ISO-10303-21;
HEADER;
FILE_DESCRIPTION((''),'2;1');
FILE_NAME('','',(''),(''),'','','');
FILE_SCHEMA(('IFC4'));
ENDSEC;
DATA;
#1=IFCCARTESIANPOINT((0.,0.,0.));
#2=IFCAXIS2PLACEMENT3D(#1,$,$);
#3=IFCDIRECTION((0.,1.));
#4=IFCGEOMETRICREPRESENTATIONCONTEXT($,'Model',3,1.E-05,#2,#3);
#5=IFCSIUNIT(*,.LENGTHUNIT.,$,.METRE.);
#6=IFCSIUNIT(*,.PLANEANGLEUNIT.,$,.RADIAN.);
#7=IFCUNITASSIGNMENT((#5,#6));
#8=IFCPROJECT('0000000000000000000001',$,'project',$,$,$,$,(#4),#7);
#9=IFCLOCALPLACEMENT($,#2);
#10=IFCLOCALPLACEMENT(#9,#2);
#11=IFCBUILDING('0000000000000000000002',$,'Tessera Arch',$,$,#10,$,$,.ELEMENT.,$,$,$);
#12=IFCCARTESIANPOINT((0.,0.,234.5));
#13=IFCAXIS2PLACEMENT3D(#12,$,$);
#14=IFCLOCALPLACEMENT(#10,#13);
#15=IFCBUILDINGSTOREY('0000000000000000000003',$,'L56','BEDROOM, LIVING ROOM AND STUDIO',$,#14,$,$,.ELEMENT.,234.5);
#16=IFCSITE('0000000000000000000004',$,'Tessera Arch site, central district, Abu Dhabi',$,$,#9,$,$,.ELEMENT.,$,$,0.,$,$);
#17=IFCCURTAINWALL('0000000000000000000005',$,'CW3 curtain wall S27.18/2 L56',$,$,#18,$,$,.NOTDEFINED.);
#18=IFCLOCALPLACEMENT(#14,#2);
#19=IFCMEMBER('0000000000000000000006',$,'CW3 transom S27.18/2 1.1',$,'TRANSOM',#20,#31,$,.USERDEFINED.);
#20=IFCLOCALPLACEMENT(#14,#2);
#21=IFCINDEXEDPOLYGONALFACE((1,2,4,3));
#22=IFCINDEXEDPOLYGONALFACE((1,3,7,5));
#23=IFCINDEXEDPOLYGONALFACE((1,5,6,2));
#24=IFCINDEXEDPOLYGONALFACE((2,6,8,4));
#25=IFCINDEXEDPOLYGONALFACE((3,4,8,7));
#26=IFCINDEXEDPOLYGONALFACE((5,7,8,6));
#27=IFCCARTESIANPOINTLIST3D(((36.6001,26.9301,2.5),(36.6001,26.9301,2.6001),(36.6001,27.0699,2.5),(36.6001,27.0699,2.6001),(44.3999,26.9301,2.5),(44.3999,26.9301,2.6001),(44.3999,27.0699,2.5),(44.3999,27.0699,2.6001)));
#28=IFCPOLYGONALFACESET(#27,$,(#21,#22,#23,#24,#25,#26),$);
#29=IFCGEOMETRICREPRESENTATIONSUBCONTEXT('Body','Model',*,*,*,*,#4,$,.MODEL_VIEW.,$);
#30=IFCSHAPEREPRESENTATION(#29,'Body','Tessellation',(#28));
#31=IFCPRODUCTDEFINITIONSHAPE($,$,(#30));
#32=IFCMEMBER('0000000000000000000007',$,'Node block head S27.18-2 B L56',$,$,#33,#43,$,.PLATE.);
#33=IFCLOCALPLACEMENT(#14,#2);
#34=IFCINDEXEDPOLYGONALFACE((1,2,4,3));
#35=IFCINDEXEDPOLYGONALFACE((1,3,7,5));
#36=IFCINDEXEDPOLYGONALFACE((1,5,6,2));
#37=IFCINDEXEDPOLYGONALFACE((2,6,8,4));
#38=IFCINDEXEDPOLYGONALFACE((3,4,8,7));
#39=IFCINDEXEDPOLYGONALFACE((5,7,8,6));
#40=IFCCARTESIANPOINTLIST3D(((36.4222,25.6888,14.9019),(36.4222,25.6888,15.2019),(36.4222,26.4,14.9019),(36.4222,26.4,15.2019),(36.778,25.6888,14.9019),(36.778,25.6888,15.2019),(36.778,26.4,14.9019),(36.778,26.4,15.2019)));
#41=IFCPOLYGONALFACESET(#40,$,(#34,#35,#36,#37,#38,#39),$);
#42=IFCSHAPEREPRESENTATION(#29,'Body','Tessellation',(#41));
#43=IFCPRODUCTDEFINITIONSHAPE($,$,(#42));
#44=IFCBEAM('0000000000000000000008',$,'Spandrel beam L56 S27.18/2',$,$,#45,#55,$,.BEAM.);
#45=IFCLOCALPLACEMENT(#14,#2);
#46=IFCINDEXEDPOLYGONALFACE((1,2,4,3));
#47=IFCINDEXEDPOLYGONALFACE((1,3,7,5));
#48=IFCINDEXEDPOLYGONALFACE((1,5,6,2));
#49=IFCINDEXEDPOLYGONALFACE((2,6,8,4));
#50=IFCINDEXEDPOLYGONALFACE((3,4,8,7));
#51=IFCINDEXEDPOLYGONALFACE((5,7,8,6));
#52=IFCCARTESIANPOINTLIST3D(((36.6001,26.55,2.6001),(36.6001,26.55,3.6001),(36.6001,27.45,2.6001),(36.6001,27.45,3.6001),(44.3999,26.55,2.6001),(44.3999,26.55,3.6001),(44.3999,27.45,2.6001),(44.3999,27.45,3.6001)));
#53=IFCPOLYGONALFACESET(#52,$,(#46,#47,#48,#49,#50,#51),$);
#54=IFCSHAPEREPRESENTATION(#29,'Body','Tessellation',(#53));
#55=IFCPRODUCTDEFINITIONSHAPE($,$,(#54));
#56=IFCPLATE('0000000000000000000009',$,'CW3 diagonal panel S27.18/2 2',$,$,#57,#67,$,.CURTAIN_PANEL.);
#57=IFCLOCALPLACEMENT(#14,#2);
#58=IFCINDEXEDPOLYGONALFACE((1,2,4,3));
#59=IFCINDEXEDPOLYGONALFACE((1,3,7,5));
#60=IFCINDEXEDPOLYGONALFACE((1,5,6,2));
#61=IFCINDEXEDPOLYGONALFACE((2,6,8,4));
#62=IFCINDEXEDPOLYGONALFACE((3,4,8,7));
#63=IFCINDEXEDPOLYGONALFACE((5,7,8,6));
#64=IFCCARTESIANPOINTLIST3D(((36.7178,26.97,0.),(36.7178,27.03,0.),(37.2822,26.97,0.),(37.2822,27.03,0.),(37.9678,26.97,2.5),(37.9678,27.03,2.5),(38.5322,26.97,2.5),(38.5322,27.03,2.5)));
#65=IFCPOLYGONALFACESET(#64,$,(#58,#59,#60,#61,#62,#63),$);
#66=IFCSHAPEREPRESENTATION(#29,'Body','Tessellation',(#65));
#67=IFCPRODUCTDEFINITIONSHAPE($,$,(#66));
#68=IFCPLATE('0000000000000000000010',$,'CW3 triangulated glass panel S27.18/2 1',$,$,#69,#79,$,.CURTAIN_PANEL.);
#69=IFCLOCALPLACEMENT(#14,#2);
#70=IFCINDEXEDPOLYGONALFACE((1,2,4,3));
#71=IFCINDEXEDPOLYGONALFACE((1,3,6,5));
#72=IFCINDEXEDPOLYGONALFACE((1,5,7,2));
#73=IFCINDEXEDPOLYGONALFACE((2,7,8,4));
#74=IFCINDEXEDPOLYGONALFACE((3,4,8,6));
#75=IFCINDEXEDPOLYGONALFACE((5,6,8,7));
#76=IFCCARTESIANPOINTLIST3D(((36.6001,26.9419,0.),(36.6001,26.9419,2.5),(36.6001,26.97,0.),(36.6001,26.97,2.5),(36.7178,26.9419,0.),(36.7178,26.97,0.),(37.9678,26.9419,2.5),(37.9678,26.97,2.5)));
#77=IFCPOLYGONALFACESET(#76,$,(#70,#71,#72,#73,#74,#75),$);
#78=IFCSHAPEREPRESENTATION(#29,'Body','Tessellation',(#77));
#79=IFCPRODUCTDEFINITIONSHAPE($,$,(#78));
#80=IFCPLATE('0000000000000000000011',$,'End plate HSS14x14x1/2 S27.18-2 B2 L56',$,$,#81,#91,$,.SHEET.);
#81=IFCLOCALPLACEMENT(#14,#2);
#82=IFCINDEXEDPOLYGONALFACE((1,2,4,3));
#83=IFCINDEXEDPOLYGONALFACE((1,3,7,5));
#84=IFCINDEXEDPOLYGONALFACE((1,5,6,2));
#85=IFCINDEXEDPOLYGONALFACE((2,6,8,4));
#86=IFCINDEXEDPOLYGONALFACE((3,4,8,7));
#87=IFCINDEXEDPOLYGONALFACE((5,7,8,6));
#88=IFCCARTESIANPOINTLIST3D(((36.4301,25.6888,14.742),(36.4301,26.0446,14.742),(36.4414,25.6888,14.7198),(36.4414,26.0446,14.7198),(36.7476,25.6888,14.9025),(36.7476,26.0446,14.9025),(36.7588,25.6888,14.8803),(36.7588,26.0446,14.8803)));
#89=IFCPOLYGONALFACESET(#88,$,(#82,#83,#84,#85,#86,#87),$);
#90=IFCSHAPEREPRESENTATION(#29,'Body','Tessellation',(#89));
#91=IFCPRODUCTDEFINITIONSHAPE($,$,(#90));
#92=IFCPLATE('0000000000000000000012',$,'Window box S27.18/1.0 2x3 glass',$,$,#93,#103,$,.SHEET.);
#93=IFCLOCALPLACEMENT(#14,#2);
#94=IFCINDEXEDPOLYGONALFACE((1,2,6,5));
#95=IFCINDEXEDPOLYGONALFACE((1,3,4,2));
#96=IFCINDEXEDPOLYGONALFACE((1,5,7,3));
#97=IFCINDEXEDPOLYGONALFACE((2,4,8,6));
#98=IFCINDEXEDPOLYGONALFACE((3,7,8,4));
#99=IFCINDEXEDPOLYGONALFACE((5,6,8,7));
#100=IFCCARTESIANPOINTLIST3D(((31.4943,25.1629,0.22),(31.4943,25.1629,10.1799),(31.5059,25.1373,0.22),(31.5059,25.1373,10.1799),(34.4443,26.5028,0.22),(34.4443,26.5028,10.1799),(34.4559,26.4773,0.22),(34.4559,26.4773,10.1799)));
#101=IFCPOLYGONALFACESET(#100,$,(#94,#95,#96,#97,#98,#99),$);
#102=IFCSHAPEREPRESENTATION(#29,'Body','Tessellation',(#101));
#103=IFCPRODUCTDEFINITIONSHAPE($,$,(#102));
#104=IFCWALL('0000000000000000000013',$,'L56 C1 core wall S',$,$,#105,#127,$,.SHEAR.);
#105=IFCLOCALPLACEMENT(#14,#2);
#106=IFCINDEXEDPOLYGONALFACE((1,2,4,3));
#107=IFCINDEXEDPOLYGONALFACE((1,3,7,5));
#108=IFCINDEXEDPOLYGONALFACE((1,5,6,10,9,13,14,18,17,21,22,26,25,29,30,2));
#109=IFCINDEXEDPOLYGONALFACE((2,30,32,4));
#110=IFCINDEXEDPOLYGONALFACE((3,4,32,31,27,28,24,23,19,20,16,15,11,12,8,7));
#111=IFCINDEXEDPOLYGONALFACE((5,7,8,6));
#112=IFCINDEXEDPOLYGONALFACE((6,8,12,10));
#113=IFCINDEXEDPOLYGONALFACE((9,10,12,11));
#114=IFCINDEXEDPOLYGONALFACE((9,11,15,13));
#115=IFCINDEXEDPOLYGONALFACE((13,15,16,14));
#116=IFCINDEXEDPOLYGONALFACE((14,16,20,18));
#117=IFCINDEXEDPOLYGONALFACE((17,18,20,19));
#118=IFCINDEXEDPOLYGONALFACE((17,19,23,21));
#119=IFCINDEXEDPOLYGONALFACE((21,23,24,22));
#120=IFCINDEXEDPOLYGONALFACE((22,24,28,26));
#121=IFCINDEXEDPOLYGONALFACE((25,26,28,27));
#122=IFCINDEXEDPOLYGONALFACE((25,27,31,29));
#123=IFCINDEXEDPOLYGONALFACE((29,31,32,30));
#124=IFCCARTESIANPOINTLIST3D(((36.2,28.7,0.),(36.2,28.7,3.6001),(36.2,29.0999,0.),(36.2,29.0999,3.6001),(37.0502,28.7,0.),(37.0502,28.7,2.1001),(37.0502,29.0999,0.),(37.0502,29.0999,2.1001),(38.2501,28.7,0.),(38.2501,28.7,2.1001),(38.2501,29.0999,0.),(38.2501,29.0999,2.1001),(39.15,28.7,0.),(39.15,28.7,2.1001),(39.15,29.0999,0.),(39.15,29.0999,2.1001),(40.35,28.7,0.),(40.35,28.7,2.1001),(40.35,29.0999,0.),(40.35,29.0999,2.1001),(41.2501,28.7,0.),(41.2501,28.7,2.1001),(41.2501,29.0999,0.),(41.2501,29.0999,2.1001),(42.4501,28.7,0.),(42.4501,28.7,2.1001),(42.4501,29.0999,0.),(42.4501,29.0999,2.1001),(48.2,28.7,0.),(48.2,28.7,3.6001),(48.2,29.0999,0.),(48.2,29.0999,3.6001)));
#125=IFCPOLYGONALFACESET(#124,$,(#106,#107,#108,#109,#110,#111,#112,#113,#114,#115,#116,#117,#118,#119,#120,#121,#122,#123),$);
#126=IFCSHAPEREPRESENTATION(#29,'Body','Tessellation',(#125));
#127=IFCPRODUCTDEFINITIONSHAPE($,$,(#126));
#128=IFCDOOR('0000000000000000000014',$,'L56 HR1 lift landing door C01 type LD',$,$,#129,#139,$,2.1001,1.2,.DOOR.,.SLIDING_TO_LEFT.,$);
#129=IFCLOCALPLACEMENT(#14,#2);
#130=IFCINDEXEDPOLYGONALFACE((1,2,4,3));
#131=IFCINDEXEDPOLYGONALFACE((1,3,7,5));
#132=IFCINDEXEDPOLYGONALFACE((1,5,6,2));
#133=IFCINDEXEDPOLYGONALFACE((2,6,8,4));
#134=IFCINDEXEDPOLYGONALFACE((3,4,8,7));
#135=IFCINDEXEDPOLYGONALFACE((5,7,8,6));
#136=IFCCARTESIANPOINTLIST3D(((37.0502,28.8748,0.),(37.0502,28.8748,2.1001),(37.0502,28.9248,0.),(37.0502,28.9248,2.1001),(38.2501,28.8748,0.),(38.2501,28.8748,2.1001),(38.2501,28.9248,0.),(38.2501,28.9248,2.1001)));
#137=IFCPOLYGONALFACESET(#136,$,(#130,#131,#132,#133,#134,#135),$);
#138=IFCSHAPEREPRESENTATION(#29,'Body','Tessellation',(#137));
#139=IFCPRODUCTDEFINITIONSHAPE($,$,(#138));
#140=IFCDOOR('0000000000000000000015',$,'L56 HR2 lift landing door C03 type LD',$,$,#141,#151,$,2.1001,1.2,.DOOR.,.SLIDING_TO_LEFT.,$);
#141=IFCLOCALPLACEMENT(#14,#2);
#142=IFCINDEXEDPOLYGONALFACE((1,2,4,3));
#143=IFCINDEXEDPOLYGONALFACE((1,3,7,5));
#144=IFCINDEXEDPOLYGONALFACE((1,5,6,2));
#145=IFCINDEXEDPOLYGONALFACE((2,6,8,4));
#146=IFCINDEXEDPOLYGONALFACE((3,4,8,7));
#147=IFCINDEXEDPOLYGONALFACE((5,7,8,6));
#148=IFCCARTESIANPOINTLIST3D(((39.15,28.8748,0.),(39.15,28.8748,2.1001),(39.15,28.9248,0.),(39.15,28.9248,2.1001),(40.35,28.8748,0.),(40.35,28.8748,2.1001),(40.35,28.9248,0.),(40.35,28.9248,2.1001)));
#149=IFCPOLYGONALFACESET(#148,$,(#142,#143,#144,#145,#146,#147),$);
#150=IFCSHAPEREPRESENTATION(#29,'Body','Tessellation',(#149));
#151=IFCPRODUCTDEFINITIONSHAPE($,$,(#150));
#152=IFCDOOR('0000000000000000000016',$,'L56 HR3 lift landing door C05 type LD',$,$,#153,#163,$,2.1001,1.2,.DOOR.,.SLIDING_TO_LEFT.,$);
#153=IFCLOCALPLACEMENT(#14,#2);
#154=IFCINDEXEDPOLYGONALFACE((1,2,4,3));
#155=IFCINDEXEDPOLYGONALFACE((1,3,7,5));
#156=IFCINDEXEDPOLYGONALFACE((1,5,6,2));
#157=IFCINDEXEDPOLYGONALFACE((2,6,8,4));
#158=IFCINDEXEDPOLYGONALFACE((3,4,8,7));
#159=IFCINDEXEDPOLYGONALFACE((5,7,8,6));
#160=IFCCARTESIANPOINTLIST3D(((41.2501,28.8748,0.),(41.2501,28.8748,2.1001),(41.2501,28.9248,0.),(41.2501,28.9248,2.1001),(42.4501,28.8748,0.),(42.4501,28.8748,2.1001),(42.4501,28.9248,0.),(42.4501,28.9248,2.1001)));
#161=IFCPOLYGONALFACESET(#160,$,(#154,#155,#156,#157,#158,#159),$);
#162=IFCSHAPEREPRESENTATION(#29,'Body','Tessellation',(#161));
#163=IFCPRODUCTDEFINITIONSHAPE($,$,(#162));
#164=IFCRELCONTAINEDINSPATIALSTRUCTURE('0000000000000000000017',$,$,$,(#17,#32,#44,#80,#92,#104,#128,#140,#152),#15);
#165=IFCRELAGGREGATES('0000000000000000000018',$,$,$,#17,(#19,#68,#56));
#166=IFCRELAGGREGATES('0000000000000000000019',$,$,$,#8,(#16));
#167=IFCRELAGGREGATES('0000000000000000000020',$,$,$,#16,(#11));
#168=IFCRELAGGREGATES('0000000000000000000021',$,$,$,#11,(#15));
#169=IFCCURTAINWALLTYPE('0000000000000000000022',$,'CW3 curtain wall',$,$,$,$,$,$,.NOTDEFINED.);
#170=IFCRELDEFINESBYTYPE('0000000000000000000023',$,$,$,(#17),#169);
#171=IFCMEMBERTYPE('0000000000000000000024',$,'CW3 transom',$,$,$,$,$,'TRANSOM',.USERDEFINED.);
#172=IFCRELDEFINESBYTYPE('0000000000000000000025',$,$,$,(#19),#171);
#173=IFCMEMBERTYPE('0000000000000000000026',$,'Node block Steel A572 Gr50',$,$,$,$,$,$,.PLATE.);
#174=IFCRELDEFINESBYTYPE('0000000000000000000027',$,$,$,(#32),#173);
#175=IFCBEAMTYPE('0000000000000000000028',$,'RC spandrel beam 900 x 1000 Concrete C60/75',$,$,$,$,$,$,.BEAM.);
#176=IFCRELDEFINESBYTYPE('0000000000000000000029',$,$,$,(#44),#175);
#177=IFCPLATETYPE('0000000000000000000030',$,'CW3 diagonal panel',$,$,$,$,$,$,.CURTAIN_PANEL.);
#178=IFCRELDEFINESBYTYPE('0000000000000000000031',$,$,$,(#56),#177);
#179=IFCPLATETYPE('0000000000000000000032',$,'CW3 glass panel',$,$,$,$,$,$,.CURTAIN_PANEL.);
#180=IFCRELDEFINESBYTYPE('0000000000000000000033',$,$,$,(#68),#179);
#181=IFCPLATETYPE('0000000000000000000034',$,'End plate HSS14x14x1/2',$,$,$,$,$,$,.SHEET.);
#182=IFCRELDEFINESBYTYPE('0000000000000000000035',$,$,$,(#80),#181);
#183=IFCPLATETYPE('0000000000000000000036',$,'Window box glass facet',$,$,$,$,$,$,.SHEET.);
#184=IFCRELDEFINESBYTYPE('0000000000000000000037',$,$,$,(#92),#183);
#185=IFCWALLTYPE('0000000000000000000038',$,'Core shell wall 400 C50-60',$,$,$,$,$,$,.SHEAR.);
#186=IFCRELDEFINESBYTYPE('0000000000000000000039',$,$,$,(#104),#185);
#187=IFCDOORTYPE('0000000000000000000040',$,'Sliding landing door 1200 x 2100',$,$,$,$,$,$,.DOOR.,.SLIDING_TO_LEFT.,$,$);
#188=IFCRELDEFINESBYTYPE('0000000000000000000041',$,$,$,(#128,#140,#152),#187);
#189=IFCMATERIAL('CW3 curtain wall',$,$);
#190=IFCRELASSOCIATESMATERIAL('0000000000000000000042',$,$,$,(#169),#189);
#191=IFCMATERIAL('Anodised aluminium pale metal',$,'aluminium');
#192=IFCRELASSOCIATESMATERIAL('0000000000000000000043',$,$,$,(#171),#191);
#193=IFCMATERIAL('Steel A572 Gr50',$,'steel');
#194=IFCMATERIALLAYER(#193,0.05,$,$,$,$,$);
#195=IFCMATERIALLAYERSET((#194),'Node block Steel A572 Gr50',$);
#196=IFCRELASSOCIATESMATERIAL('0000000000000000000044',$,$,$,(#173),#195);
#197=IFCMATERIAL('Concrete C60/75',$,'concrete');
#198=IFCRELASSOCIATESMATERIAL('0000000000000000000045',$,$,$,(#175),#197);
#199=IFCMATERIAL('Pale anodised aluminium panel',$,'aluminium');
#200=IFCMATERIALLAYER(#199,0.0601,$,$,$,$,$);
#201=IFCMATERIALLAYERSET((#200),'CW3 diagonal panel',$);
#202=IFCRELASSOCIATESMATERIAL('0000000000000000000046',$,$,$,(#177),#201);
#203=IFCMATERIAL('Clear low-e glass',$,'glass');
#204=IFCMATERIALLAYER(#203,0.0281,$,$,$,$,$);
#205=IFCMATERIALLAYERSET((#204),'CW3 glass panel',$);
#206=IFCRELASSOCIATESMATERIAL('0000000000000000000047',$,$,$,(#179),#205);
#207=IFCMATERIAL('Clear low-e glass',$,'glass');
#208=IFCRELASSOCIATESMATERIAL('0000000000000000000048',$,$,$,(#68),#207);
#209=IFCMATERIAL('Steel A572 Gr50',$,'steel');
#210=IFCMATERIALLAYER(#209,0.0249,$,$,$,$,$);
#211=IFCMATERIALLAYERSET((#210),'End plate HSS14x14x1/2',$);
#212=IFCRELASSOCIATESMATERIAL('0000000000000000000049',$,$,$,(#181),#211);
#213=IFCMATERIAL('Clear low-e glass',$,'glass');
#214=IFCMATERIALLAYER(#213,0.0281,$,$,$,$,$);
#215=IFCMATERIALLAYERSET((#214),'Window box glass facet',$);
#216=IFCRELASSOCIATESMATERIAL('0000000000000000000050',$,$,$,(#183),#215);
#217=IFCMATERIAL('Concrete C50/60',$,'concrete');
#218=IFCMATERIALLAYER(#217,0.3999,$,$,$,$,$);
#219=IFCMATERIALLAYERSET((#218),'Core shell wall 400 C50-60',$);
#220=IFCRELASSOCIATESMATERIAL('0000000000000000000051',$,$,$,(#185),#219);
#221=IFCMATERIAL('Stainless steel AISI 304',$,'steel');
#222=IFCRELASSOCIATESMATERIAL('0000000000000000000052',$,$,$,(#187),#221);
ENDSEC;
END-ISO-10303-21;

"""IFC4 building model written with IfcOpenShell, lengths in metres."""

from ifc_helpers import new_model, si_unit, direction, frame, frame_2d, origin, origin_2d, place, context, subcontext, project, spatial, polyline, rectangle, outline, extrude, material, layer, layer_set, material_profile, profile_set, type_object, element, fill, aggregate, save


model = new_model("IFC4")

# Units and contexts
model_context = context("Model", 3, precision=1e-05, world=origin(), true_north=direction((0.0, 1.0)))
body_context = subcontext(model_context, "Body", "Model", "MODEL_VIEW")
ifc_project = project(units=[si_unit("LENGTHUNIT", "METRE"), si_unit("PLANEANGLEUNIT", "RADIAN")], contexts=[model_context])

# Site, building, storey
site_placement = place(None, origin())
site = spatial("IfcSite", under=ifc_project, at=site_placement, Name="Tessera Arch site, central district, Abu Dhabi", CompositionType="ELEMENT", RefElevation=0.0)
building_placement = place(site_placement, origin())
building = spatial("IfcBuilding", under=site, at=building_placement, Name="Tessera Arch", CompositionType="ELEMENT")
storey_placement = place(building_placement, frame((0.0, 0.0, 234.5)))
storey = spatial("IfcBuildingStorey", under=building, at=storey_placement, Name="L56", Description="BEDROOM, LIVING ROOM AND STUDIO", CompositionType="ELEMENT", Elevation=234.5)

# Curtain wall, member
ifc_material_1 = material(Name="CW3 curtain wall")
curtain_wall_type = type_object("IfcCurtainWallType", Name="CW3 curtain wall", PredefinedType="NOTDEFINED", material=ifc_material_1)
curtain_wall_placement = place(storey_placement, origin())
curtain_wall = element("IfcCurtainWall", 1, at=curtain_wall_placement, inside=storey, type_object=curtain_wall_type, Name="CW3 curtain wall S27.18/2 L56", PredefinedType="NOTDEFINED")
ifc_material_2 = material(Name="Anodised aluminium pale metal", Category="aluminium")
ifc_material_profile_1 = material_profile(ifc_material_2, rectangle(XDim=0.1399, YDim=0.1001, at=origin_2d()), Name="AL 140x100")
ifc_profile_set_1 = profile_set([ifc_material_profile_1], Name="Anodised aluminium pale metal")
member_type_1 = type_object("IfcMemberType", Name="CW3 transom", ElementType="TRANSOM", PredefinedType="USERDEFINED", material=ifc_profile_set_1)
member_1_placement = place(storey_placement, frame((36.6001, 27.0, 2.55), z_axis=(1.0, 0.0, 0.0), x_axis=(0.0, 1.0, 0.0)))
member_1 = element("IfcMember", 2, at=member_1_placement, type_object=member_type_1, Name="CW3 transom S27.18/2 1.1", ObjectType="TRANSOM", PredefinedType="USERDEFINED", context=body_context, shape_type="SweptSolid", body=[
    extrude(rectangle(XDim=0.1399, YDim=0.1001, at=origin_2d()), origin(), (0.0, 0.0, 1.0), 7.7998),
])

# Member
ifc_material_3 = material(Name="Steel A572 Gr50", Category="steel")
ifc_layer_1 = layer(ifc_material_3, 0.05)
ifc_layer_set_1 = layer_set([ifc_layer_1], Name="Node block Steel A572 Gr50")
member_type_2 = type_object("IfcMemberType", Name="Node block Steel A572 Gr50", PredefinedType="PLATE", material=ifc_layer_set_1)
member_2_placement = place(storey_placement, frame((36.6001, 26.0444, 14.9019), z_axis=(0.0, 0.0, 1.0), x_axis=(1.0, 0.0, 0.0)))
element("IfcMember", 3, at=member_2_placement, inside=storey, type_object=member_type_2, Name="Node block head S27.18-2 B L56", PredefinedType="PLATE", context=body_context, shape_type="SweptSolid", body=[
    extrude(rectangle(XDim=0.3557, YDim=0.7112, at=origin_2d()), origin(), (0.0, 0.0, 1.0), 0.3),
])

# Beam
ifc_material_4 = material(Name="Concrete C60/75", Category="concrete")
ifc_material_profile_2 = material_profile(ifc_material_4, rectangle(XDim=0.8999, YDim=1.0, at=origin_2d()), Name="RC spandrel beam 900 x 1000 Concrete C60/75")
ifc_profile_set_2 = profile_set([ifc_material_profile_2], Name="Concrete C60/75")
beam_type = type_object("IfcBeamType", Name="RC spandrel beam 900 x 1000 Concrete C60/75", PredefinedType="BEAM", material=ifc_profile_set_2)
beam_placement = place(storey_placement, frame((36.6001, 27.0, 3.1001), z_axis=(1.0, 0.0, 0.0), x_axis=(0.0, 1.0, 0.0)))
element("IfcBeam", 4, at=beam_placement, inside=storey, type_object=beam_type, Name="Spandrel beam L56 S27.18/2", PredefinedType="BEAM", context=body_context, shape_type="SweptSolid", body=[
    extrude(rectangle(XDim=0.8999, YDim=1.0, at=origin_2d()), origin(), (0.0, 0.0, 1.0), 7.7998),
])

# Plates
ifc_material_5 = material(Name="Pale anodised aluminium panel", Category="aluminium")
ifc_layer_2 = layer(ifc_material_5, 0.0601)
ifc_layer_set_2 = layer_set([ifc_layer_2], Name="CW3 diagonal panel")
plate_type_1 = type_object("IfcPlateType", Name="CW3 diagonal panel", PredefinedType="CURTAIN_PANEL", material=ifc_layer_set_2)
plate_1_placement = place(storey_placement, frame((38.5322, 26.97, 2.5), z_axis=(0.0, -1.0, 0.0), x_axis=(-1.0, 0.0, 0.0)))
plate_1 = element("IfcPlate", 5, at=plate_1_placement, type_object=plate_type_1, Name="CW3 diagonal panel S27.18/2 2", PredefinedType="CURTAIN_PANEL", context=body_context, shape_type="SweptSolid", body=[
    extrude(outline(polyline([(0.0, 0.0), (0.5645, 0.0), (1.8145, 2.5), (1.25, 2.5), (0.0, 0.0)])), origin(), (0.0, 0.0, -1.0), 0.0601),
])
ifc_material_6 = material(Name="Clear low-e glass", Category="glass")
ifc_material_7 = material(Name="Clear low-e glass", Category="glass")
ifc_layer_3 = layer(ifc_material_7, 0.0281)
ifc_layer_set_3 = layer_set([ifc_layer_3], Name="CW3 glass panel")
plate_type_2 = type_object("IfcPlateType", Name="CW3 glass panel", PredefinedType="CURTAIN_PANEL", material=ifc_layer_set_3)
plate_2_placement = place(storey_placement, frame((36.6001, 26.9419, 0.0), z_axis=(0.0, -1.0, 0.0), x_axis=(1.0, 0.0, 0.0)))
plate_2 = element("IfcPlate", 6, at=plate_2_placement, type_object=plate_type_2, material=ifc_material_6, Name="CW3 triangulated glass panel S27.18/2 1", PredefinedType="CURTAIN_PANEL", context=body_context, shape_type="SweptSolid", body=[
    extrude(outline(polyline([(0.0, 0.0), (0.1177, 0.0), (1.3677, 2.5), (0.0, 2.5), (0.0, 0.0)])), origin(), (0.0, 0.0, -1.0), 0.0281),
])
aggregate(curtain_wall, [member_1, plate_2, plate_1])

# Plates
ifc_material_8 = material(Name="Steel A572 Gr50", Category="steel")
ifc_layer_4 = layer(ifc_material_8, 0.0249)
ifc_layer_set_4 = layer_set([ifc_layer_4], Name="End plate HSS14x14x1/2")
plate_type_3 = type_object("IfcPlateType", Name="End plate HSS14x14x1/2", PredefinedType="SHEET", material=ifc_layer_set_4)
plate_3_placement = place(storey_placement, frame((36.6001, 25.8667, 14.8), z_axis=(-0.451132, 0.0, 0.892457), x_axis=(0.0, -1.0, 0.0)))
element("IfcPlate", 7, at=plate_3_placement, inside=storey, type_object=plate_type_3, Name="End plate HSS14x14x1/2 S27.18-2 B2 L56", PredefinedType="SHEET", context=body_context, shape_type="SweptSolid", body=[
    extrude(rectangle(XDim=0.3557, YDim=0.3557, at=origin_2d()), origin(), (0.0, 0.0, 1.0), 0.0249),
])
ifc_material_9 = material(Name="Clear low-e glass", Category="glass")
ifc_layer_5 = layer(ifc_material_9, 0.0281)
ifc_layer_set_5 = layer_set([ifc_layer_5], Name="Window box glass facet")
plate_type_4 = type_object("IfcPlateType", Name="Window box glass facet", PredefinedType="SHEET", material=ifc_layer_set_5)
plate_4_placement = place(storey_placement, frame((32.9751, 25.8201, 0.22), z_axis=(0.0, 0.0, 1.0), x_axis=(-0.910472, -0.41357, 0.0)))
element("IfcPlate", 8, at=plate_4_placement, inside=storey, type_object=plate_type_4, Name="Window box S27.18/1.0 2x3 glass", PredefinedType="SHEET", context=body_context, shape_type="SweptSolid", body=[
    extrude(rectangle(XDim=3.24, YDim=0.0281, at=origin_2d()), origin(), (0.0, 0.0, 1.0), 9.96),
])

# Wall, openings, doors
ifc_material_10 = material(Name="Concrete C50/60", Category="concrete")
ifc_layer_6 = layer(ifc_material_10, 0.3999)
ifc_layer_set_6 = layer_set([ifc_layer_6], Name="Core shell wall 400 C50-60")
wall_type_1 = type_object("IfcWallType", Name="Core shell wall 400 C50-60", PredefinedType="SHEAR", material=ifc_layer_set_6)
wall_1_placement = place(storey_placement, frame((36.2, 28.8999, 0.0), z_axis=(0.0, 0.0, 1.0), x_axis=(1.0, 0.0, 0.0)))
wall_1 = element("IfcWall", 9, at=wall_1_placement, inside=storey, type_object=wall_type_1, Name="L56 C1 core wall S", PredefinedType="SHEAR", context=body_context, shape_type="SweptSolid", body=[
    extrude(rectangle(XDim=12.0, YDim=0.3999, at=frame_2d((6.0, 0.0))), origin(), (0.0, 0.0, 1.0), 3.6001),
])
opening_1_placement = place(wall_1_placement, frame((0.8501, 0.0, 0.0)))
opening_1 = element("IfcOpeningElement", 10, at=opening_1_placement, cuts=wall_1, PredefinedType="OPENING", context=body_context, shape_type="SweptSolid", body=[
    extrude(rectangle(XDim=1.2, YDim=2.1001, at=frame_2d((0.6001, 1.05))), frame((0.0, 0.21, 0.0), z_axis=(0.0, -1.0, 0.0), x_axis=(1.0, 0.0, 0.0)), (0.0, 0.0, 1.0), 0.4199),
])
opening_2_placement = place(wall_1_placement, frame((2.95, 0.0, 0.0)))
opening_2 = element("IfcOpeningElement", 11, at=opening_2_placement, cuts=wall_1, PredefinedType="OPENING", context=body_context, shape_type="SweptSolid", body=[
    extrude(rectangle(XDim=1.2, YDim=2.1001, at=frame_2d((0.6001, 1.05))), frame((0.0, 0.21, 0.0), z_axis=(0.0, -1.0, 0.0), x_axis=(1.0, 0.0, 0.0)), (0.0, 0.0, 1.0), 0.4199),
])
opening_3_placement = place(wall_1_placement, frame((5.05, 0.0, 0.0)))
opening_3 = element("IfcOpeningElement", 12, at=opening_3_placement, cuts=wall_1, PredefinedType="OPENING", context=body_context, shape_type="SweptSolid", body=[
    extrude(rectangle(XDim=1.2, YDim=2.1001, at=frame_2d((0.6001, 1.05))), frame((0.0, 0.21, 0.0), z_axis=(0.0, -1.0, 0.0), x_axis=(1.0, 0.0, 0.0)), (0.0, 0.0, 1.0), 0.4199),
])
ifc_material_11 = material(Name="Stainless steel AISI 304", Category="steel")
door_type_1 = type_object("IfcDoorType", Name="Sliding landing door 1200 x 2100", OperationType="SLIDING_TO_LEFT", PredefinedType="DOOR", material=ifc_material_11)
door_1_placement = place(opening_1_placement, origin())
door_1 = element("IfcDoor", 13, at=door_1_placement, inside=storey, type_object=door_type_1, Name="L56 HR1 lift landing door C01 type LD", OperationType="SLIDING_TO_LEFT", OverallHeight=2.1001, OverallWidth=1.2, PredefinedType="DOOR", context=body_context, shape_type="SweptSolid", body=[
    extrude(rectangle(XDim=1.2, YDim=2.1001, at=frame_2d((0.6001, 1.05))), frame((0.0, 0.0249, 0.0), z_axis=(0.0, -1.0, 0.0), x_axis=(1.0, 0.0, 0.0)), (0.0, 0.0, 1.0), 0.05),
])
fill(opening_1, door_1)
door_2_placement = place(opening_2_placement, origin())
door_2 = element("IfcDoor", 14, at=door_2_placement, inside=storey, type_object=door_type_1, Name="L56 HR2 lift landing door C03 type LD", OperationType="SLIDING_TO_LEFT", OverallHeight=2.1001, OverallWidth=1.2, PredefinedType="DOOR", context=body_context, shape_type="SweptSolid", body=[
    extrude(rectangle(XDim=1.2, YDim=2.1001, at=frame_2d((0.6001, 1.05))), frame((0.0, 0.0249, 0.0), z_axis=(0.0, -1.0, 0.0), x_axis=(1.0, 0.0, 0.0)), (0.0, 0.0, 1.0), 0.05),
])
fill(opening_2, door_2)
door_3_placement = place(opening_3_placement, origin())
door_3 = element("IfcDoor", 15, at=door_3_placement, inside=storey, type_object=door_type_1, Name="L56 HR3 lift landing door C05 type LD", OperationType="SLIDING_TO_LEFT", OverallHeight=2.1001, OverallWidth=1.2, PredefinedType="DOOR", context=body_context, shape_type="SweptSolid", body=[
    extrude(rectangle(XDim=1.2, YDim=2.1001, at=frame_2d((0.6001, 1.05))), frame((0.0, 0.0249, 0.0), z_axis=(0.0, -1.0, 0.0), x_axis=(1.0, 0.0, 0.0)), (0.0, 0.0, 1.0), 0.05),
])
fill(opening_3, door_3)

save(model, "model.ifc")
